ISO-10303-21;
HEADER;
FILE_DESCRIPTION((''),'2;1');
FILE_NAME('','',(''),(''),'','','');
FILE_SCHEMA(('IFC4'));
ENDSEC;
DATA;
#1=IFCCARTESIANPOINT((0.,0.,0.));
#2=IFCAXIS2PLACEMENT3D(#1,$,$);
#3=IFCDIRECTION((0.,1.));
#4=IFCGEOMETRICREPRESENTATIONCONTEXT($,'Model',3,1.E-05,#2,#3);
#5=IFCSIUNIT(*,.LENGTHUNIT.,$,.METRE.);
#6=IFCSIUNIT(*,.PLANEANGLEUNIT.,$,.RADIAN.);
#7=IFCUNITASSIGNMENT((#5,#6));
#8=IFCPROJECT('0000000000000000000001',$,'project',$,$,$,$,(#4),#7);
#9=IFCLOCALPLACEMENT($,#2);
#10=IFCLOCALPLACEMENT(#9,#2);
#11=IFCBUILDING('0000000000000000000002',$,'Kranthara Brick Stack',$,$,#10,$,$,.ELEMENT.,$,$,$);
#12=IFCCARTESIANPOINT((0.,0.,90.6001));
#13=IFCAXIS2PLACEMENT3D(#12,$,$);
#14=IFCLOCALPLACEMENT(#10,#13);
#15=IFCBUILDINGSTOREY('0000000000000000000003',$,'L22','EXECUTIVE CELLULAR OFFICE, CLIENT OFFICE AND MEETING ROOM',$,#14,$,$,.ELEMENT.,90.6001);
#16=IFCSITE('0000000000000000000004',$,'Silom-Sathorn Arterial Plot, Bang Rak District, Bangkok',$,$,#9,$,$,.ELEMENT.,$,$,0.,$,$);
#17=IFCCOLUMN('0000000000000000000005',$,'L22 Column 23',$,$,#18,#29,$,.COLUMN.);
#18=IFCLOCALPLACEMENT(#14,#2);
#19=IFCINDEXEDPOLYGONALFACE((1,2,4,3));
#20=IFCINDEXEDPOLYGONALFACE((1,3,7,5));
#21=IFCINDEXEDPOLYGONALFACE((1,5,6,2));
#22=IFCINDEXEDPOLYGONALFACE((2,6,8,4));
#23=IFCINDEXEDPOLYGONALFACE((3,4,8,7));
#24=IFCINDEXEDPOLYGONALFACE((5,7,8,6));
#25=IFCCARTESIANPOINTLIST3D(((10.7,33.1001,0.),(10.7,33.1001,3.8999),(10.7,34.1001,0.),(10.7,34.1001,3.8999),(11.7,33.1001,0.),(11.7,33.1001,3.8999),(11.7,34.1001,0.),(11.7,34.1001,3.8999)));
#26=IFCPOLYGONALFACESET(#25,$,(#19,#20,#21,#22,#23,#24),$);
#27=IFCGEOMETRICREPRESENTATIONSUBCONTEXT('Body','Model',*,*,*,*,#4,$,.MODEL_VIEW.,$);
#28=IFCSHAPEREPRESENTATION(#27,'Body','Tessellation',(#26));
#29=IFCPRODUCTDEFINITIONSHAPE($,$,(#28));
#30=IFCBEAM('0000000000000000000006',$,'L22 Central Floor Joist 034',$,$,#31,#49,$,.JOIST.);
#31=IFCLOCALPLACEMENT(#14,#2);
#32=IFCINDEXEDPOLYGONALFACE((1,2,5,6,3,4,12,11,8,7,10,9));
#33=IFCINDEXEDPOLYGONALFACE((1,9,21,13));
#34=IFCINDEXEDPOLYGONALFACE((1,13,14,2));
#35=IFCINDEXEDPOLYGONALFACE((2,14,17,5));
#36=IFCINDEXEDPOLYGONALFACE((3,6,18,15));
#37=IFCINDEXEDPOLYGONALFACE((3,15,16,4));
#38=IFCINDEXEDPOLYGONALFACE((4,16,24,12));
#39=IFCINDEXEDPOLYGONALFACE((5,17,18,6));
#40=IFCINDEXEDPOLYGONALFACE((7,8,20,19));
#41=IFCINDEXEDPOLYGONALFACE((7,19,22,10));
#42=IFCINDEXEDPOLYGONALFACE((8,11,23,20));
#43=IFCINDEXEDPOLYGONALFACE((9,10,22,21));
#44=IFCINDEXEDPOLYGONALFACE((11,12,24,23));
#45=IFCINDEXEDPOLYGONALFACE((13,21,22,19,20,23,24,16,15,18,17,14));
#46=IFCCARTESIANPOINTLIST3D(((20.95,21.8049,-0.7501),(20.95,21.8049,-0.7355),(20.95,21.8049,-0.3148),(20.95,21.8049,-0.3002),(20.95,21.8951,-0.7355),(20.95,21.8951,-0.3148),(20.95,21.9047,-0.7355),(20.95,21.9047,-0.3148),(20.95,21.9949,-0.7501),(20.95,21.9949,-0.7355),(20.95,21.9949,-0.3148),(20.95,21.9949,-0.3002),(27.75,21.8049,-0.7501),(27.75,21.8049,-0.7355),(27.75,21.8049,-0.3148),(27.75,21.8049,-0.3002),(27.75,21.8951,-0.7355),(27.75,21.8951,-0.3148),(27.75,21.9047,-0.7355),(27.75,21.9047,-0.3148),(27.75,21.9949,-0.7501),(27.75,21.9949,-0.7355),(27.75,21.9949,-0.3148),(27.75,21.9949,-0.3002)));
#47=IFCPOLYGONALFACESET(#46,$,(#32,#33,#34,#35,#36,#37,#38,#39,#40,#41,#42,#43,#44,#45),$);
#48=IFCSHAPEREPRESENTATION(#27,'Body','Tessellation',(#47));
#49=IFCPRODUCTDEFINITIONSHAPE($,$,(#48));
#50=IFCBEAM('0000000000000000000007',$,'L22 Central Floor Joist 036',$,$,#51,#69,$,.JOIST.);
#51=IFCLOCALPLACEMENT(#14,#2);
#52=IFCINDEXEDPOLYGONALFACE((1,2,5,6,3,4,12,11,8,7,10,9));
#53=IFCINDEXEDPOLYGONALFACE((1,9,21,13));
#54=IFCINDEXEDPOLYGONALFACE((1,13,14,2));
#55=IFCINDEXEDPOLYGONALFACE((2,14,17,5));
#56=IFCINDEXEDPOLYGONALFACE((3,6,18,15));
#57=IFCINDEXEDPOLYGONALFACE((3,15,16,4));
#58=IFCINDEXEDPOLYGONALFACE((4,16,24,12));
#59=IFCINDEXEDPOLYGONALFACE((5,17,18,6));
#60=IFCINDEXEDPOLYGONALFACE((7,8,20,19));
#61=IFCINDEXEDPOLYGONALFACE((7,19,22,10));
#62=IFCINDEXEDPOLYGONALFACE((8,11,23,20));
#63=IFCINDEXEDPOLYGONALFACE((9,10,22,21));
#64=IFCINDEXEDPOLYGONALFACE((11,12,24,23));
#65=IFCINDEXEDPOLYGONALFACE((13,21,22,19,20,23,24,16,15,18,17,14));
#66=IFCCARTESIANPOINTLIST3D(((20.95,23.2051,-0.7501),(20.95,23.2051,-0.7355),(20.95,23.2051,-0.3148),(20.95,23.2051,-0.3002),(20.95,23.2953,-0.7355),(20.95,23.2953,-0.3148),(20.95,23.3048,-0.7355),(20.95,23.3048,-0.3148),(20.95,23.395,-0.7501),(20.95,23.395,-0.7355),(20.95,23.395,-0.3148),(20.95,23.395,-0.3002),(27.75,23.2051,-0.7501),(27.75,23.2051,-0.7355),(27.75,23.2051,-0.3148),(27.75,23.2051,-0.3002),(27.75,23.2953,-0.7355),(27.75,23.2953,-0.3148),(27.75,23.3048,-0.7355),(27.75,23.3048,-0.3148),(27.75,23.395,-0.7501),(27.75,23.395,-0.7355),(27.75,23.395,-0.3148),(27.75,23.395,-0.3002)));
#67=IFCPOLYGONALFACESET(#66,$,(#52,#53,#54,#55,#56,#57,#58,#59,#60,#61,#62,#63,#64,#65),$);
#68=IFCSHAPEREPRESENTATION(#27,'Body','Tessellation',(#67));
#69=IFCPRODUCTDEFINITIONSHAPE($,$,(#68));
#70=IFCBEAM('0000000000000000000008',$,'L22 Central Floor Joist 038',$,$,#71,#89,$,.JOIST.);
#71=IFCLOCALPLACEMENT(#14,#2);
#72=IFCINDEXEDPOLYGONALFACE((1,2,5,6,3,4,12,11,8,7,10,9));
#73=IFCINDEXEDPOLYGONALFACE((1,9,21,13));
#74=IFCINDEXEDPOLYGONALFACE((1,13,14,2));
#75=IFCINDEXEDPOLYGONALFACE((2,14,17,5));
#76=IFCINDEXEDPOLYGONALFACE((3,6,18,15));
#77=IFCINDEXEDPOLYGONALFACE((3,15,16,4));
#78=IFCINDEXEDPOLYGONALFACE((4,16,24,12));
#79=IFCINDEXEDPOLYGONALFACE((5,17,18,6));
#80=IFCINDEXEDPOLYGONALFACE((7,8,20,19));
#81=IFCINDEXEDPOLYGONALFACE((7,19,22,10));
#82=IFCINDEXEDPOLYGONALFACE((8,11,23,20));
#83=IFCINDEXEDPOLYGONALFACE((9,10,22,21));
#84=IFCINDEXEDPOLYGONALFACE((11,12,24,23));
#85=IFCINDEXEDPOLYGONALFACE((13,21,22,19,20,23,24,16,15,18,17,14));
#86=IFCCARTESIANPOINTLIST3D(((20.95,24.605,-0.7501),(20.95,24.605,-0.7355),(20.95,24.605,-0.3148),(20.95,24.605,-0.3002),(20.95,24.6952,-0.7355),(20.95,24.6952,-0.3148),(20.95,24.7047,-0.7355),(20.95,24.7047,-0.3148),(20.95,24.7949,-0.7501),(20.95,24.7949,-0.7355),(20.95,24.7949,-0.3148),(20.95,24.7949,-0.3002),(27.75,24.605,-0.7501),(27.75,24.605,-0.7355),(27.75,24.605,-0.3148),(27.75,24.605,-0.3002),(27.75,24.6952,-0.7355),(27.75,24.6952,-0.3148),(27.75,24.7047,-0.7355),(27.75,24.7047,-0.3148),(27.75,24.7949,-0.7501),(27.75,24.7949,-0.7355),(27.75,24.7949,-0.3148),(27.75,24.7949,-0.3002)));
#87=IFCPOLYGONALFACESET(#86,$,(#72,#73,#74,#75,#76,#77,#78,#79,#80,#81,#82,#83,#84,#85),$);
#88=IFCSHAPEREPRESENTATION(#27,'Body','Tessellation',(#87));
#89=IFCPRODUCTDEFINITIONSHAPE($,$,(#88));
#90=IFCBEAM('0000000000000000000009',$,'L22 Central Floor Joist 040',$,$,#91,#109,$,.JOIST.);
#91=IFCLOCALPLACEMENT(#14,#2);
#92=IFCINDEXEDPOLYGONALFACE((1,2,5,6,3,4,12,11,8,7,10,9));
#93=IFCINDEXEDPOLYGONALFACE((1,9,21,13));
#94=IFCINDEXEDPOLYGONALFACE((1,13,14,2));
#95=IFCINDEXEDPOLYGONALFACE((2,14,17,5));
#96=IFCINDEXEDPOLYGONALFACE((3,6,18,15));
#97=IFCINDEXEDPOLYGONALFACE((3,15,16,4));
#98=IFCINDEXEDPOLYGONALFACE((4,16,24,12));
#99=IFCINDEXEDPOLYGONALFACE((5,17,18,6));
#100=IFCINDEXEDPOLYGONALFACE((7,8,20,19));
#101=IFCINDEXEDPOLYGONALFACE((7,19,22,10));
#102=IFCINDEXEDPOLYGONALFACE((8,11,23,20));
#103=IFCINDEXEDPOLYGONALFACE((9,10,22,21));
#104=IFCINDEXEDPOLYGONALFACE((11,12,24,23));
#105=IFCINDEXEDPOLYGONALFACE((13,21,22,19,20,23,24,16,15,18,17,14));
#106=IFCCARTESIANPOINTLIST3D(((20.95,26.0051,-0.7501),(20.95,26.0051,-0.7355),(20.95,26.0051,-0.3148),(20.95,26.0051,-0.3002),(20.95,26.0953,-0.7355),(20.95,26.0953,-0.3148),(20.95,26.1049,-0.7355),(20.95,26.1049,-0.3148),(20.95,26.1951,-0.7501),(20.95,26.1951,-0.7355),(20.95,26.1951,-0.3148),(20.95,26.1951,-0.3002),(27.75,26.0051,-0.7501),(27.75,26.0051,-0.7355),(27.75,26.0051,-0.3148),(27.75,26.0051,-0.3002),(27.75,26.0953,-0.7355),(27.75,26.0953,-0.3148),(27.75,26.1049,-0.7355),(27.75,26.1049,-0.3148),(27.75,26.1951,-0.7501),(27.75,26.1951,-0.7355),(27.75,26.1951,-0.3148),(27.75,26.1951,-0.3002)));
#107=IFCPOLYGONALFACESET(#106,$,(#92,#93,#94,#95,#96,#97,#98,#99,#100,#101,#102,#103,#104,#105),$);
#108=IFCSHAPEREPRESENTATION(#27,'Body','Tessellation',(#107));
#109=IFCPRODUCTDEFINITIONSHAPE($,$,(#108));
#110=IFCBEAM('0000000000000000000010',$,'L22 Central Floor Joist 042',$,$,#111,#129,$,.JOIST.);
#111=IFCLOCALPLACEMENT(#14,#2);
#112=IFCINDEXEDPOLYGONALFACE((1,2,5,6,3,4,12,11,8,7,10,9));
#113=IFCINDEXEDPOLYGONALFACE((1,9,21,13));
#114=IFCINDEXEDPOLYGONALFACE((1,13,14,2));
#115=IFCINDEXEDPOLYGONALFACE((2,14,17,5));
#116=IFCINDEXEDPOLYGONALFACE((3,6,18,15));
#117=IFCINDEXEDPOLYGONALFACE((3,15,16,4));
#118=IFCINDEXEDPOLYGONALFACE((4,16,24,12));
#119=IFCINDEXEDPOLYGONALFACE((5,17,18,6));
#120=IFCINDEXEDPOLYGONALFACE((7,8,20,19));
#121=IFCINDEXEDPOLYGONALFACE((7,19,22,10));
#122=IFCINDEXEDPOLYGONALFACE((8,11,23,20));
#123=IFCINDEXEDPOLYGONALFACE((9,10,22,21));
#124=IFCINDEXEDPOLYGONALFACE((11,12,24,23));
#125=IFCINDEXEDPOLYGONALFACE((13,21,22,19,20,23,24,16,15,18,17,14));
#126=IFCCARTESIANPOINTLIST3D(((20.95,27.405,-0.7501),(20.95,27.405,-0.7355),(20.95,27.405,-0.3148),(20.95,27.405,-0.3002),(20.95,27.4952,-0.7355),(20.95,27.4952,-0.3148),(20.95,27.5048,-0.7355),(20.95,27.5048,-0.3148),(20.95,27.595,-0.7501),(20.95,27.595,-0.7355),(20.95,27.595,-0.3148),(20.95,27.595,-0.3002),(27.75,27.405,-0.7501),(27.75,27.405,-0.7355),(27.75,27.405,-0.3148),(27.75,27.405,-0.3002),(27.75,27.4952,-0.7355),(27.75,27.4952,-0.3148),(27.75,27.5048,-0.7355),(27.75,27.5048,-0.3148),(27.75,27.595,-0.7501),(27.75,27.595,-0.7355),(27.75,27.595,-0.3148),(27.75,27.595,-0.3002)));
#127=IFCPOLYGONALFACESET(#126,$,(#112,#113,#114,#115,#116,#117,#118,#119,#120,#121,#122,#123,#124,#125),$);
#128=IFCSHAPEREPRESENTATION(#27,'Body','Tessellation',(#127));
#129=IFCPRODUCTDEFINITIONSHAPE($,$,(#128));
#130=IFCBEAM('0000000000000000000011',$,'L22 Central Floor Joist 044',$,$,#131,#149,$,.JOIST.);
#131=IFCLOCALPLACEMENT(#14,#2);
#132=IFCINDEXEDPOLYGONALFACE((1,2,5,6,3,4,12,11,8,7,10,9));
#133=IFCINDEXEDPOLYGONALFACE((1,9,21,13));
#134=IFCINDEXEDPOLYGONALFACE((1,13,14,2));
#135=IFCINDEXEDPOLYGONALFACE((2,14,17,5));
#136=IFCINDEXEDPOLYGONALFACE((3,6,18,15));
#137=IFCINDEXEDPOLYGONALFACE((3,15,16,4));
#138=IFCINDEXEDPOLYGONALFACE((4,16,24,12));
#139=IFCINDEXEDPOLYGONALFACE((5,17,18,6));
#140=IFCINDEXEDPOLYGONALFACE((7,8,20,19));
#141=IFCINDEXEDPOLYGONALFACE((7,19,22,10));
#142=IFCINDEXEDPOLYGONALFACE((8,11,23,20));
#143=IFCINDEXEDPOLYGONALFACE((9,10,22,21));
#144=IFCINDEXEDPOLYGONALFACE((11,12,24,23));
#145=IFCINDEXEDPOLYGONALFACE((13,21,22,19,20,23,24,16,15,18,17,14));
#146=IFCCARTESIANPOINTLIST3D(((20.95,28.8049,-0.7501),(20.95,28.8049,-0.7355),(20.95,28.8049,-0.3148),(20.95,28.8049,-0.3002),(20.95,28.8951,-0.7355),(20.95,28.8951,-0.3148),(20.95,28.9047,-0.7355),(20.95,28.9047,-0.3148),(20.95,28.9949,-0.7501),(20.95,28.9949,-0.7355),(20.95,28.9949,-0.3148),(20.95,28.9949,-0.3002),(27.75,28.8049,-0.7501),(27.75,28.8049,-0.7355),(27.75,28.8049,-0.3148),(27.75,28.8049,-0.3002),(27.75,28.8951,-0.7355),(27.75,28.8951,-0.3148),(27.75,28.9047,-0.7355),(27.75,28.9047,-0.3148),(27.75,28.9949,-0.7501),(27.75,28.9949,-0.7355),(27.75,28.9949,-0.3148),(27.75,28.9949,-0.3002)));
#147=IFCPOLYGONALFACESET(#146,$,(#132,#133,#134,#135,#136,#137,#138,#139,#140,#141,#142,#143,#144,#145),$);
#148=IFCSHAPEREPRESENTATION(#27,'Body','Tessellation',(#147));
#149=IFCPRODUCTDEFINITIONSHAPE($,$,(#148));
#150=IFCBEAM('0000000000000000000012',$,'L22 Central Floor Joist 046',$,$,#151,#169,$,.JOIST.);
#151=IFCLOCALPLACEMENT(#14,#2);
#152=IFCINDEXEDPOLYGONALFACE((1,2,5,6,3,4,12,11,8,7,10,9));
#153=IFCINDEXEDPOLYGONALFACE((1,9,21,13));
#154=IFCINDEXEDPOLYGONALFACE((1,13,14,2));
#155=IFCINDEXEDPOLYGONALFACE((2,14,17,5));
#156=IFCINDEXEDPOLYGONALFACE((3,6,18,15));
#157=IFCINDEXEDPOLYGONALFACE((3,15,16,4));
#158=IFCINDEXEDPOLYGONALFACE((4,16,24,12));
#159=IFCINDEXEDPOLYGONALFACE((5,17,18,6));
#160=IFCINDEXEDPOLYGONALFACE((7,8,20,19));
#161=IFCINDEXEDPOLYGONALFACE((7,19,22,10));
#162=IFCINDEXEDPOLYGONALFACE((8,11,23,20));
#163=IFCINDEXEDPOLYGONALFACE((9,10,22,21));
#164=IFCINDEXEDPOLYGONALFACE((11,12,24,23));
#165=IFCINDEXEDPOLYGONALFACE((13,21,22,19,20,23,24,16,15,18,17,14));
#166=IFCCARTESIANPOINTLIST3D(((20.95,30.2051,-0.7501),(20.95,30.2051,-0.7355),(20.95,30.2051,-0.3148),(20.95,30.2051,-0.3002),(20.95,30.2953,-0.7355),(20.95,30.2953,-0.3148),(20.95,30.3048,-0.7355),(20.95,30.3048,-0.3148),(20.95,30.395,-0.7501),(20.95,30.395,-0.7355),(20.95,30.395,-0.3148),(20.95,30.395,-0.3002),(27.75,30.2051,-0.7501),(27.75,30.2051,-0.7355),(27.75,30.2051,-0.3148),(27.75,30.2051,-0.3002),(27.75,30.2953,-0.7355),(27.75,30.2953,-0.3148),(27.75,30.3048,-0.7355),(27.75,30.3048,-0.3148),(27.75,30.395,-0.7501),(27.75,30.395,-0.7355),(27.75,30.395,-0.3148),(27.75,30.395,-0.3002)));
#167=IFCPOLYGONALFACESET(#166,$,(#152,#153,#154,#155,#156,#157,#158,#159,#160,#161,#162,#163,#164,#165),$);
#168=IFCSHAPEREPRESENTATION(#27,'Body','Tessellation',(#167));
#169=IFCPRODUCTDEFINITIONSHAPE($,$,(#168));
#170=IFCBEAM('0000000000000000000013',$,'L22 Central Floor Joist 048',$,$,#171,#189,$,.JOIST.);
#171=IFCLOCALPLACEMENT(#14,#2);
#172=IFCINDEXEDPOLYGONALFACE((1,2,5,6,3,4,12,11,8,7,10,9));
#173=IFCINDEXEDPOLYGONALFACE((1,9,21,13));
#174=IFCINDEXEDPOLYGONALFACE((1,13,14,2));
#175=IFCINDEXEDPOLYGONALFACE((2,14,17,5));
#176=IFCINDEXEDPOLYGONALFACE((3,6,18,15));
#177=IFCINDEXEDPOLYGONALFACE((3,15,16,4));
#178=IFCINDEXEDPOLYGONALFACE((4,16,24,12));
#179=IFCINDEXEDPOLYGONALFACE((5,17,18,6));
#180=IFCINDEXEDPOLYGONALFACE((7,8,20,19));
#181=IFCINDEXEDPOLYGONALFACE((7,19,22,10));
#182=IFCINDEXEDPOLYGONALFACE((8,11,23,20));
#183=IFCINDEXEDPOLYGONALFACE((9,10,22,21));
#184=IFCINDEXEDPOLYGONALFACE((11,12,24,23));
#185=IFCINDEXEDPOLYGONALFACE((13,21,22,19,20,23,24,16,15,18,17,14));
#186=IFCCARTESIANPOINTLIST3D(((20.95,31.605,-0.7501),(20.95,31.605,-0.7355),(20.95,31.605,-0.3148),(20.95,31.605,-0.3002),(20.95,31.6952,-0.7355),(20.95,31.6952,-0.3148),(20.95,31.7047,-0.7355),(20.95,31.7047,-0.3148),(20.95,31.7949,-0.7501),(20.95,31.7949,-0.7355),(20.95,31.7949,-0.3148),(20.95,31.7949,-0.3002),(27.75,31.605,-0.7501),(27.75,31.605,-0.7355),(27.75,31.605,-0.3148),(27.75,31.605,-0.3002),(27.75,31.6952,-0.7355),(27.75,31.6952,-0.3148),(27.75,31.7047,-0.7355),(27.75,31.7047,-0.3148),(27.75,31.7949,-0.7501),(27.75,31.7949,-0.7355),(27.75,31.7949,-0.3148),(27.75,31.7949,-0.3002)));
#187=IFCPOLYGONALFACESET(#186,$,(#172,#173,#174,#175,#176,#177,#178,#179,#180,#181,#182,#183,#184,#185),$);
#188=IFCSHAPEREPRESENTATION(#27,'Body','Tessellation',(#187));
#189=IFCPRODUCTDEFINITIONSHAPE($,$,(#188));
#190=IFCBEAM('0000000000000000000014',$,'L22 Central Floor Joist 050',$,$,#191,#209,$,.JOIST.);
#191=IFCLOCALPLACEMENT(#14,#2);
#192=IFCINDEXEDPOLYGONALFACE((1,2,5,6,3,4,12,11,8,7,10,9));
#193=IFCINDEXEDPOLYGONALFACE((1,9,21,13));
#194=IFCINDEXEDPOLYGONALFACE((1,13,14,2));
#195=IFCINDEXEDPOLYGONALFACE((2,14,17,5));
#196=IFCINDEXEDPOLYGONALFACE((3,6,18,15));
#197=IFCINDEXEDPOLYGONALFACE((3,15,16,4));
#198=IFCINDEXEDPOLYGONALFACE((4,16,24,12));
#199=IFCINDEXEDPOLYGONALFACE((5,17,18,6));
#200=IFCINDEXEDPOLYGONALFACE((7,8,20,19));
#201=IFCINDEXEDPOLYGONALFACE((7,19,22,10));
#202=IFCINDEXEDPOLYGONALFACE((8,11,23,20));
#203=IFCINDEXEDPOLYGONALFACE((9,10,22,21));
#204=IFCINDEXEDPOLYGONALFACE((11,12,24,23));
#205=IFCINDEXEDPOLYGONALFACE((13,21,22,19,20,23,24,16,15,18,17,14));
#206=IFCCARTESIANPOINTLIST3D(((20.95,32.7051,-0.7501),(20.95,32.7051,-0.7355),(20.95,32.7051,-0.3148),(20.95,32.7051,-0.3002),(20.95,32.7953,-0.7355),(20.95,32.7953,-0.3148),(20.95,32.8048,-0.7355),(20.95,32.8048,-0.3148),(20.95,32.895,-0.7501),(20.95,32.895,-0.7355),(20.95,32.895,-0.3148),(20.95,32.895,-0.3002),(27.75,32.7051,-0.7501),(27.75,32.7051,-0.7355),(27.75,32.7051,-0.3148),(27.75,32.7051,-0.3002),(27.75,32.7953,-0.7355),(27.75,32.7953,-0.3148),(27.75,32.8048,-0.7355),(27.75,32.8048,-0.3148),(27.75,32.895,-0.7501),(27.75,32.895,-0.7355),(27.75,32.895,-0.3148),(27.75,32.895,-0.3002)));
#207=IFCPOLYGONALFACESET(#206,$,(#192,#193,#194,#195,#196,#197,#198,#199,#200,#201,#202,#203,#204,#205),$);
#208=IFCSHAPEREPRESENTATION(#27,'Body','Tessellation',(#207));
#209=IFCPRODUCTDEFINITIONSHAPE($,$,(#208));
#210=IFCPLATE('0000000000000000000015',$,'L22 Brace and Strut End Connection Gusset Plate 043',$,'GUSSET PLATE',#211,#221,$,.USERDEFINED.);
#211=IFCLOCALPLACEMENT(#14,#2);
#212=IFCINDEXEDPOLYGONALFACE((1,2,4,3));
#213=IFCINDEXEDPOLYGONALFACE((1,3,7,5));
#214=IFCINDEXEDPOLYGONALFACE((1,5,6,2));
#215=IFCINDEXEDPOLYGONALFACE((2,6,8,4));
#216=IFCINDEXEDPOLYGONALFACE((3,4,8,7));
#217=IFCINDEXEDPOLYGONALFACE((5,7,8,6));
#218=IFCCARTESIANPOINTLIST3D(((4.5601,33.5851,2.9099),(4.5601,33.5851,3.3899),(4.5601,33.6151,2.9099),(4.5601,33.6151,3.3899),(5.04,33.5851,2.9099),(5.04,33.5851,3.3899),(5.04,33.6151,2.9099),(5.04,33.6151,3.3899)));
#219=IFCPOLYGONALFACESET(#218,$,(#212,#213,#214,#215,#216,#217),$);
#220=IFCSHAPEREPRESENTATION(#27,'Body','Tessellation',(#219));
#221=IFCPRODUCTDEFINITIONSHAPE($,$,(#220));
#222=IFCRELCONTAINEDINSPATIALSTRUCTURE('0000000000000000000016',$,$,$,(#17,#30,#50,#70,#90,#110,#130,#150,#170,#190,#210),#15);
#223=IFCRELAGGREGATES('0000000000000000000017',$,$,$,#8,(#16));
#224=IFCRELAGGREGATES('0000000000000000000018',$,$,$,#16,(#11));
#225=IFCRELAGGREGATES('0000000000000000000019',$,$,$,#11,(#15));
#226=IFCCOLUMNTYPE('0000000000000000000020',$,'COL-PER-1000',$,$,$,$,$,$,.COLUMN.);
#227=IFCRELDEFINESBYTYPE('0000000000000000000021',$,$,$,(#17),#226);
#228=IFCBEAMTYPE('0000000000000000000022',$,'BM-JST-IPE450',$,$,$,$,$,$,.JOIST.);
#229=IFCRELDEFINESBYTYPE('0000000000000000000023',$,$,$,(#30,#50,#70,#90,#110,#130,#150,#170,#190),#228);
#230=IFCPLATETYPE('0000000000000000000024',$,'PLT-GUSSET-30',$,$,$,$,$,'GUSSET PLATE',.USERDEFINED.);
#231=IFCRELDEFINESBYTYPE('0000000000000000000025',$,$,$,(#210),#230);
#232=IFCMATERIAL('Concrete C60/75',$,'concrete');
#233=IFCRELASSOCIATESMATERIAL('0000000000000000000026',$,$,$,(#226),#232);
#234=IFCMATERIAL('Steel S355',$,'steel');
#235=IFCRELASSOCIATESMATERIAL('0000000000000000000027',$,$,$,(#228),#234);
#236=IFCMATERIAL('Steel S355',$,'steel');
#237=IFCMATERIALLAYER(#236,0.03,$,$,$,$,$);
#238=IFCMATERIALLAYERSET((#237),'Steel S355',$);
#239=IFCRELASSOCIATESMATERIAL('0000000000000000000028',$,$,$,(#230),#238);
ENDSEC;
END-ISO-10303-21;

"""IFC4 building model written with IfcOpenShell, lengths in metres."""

from ifc_helpers import new_model, si_unit, direction, frame, origin, origin_2d, place, context, subcontext, project, spatial, rectangle, i_section, extrude, material, layer, layer_set, material_profile, profile_set, type_object, element, save


model = new_model("IFC4")

# Units and contexts
model_context = context("Model", 3, precision=1e-05, world=origin(), true_north=direction((0.0, 1.0)))
body_context = subcontext(model_context, "Body", "Model", "MODEL_VIEW")
ifc_project = project(units=[si_unit("LENGTHUNIT", "METRE"), si_unit("PLANEANGLEUNIT", "RADIAN")], contexts=[model_context])

# Site, building, storey
site_placement = place(None, origin())
site = spatial("IfcSite", under=ifc_project, at=site_placement, Name="Silom-Sathorn Arterial Plot, Bang Rak District, Bangkok", CompositionType="ELEMENT", RefElevation=0.0)
building_placement = place(site_placement, origin())
building = spatial("IfcBuilding", under=site, at=building_placement, Name="Kranthara Brick Stack", CompositionType="ELEMENT")
storey_placement = place(building_placement, frame((0.0, 0.0, 90.6001)))
storey = spatial("IfcBuildingStorey", under=building, at=storey_placement, Name="L22", Description="EXECUTIVE CELLULAR OFFICE, CLIENT OFFICE AND MEETING ROOM", CompositionType="ELEMENT", Elevation=90.6001)

# Column
ifc_material_1 = material(Name="Concrete C60/75", Category="concrete")
ifc_material_profile_1 = material_profile(ifc_material_1, rectangle(XDim=1.0, YDim=1.0, at=origin_2d()), Name="RC 1000x1000")
ifc_profile_set_1 = profile_set([ifc_material_profile_1], Name="Concrete C60/75")
column_type = type_object("IfcColumnType", Name="COL-PER-1000", PredefinedType="COLUMN", material=ifc_profile_set_1)
column_placement = place(storey_placement, frame((11.2, 33.6001, 0.0), z_axis=(0.0, 0.0, 1.0), x_axis=(1.0, 0.0, 0.0)))
element("IfcColumn", 1, at=column_placement, inside=storey, type_object=column_type, Name="L22 Column 23", PredefinedType="COLUMN", context=body_context, shape_type="SweptSolid", body=[
    extrude(rectangle(XDim=1.0, YDim=1.0, at=origin_2d()), origin(), (0.0, 0.0, 1.0), 3.8999),
])

# Beams
ifc_material_2 = material(Name="Steel S355", Category="steel")
ifc_material_profile_2 = material_profile(ifc_material_2, i_section(OverallWidth=0.1899, OverallDepth=0.45, WebThickness=0.0095, FlangeThickness=0.0146, at=origin_2d()), Name="IPE 450")
ifc_profile_set_2 = profile_set([ifc_material_profile_2], Name="Steel S355")
beam_type = type_object("IfcBeamType", Name="BM-JST-IPE450", PredefinedType="JOIST", material=ifc_profile_set_2)
for number, where, z_axis, x_axis, name in (
    (2, (20.95, 21.8999, -0.5251), (1.0, 0.0, 0.0), (0.0, 1.0, 0.0), "L22 Central Floor Joist 034"),
    (3, (20.95, 23.3, -0.5251), (1.0, 0.0, 0.0), (0.0, 1.0, 0.0), "L22 Central Floor Joist 036"),
    (4, (20.95, 24.7, -0.5251), (1.0, 0.0, 0.0), (0.0, 1.0, 0.0), "L22 Central Floor Joist 038"),
    (5, (20.95, 26.1001, -0.5251), (1.0, 0.0, 0.0), (0.0, 1.0, 0.0), "L22 Central Floor Joist 040"),
    (6, (20.95, 27.5, -0.5251), (1.0, 0.0, 0.0), (0.0, 1.0, 0.0), "L22 Central Floor Joist 042"),
    (7, (20.95, 28.8999, -0.5251), (1.0, 0.0, 0.0), (0.0, 1.0, 0.0), "L22 Central Floor Joist 044"),
    (8, (20.95, 30.3, -0.5251), (1.0, 0.0, 0.0), (0.0, 1.0, 0.0), "L22 Central Floor Joist 046"),
    (9, (20.95, 31.7, -0.5251), (1.0, 0.0, 0.0), (0.0, 1.0, 0.0), "L22 Central Floor Joist 048"),
    (10, (20.95, 32.8, -0.5251), (1.0, 0.0, 0.0), (0.0, 1.0, 0.0), "L22 Central Floor Joist 050"),
):
    element("IfcBeam", number, at=place(storey_placement, frame(where, z_axis=z_axis, x_axis=x_axis)), inside=storey, type_object=beam_type, Name=name, PredefinedType="JOIST", context=body_context, shape_type="SweptSolid", body=[
        extrude(i_section(OverallWidth=0.1899, OverallDepth=0.45, WebThickness=0.0095, FlangeThickness=0.0146, at=origin_2d()), origin(), (0.0, 0.0, 1.0), 6.8),
    ])

# Plate
ifc_material_3 = material(Name="Steel S355", Category="steel")
ifc_layer_1 = layer(ifc_material_3, 0.03)
ifc_layer_set_1 = layer_set([ifc_layer_1], Name="Steel S355")
plate_type = type_object("IfcPlateType", Name="PLT-GUSSET-30", ElementType="GUSSET PLATE", PredefinedType="USERDEFINED", material=ifc_layer_set_1)
plate_placement = place(storey_placement, frame((4.8, 33.6001, 2.9099), z_axis=(0.0, 0.0, 1.0), x_axis=(1.0, 0.0, 0.0)))
element("IfcPlate", 11, at=plate_placement, inside=storey, type_object=plate_type, Name="L22 Brace and Strut End Connection Gusset Plate 043", ObjectType="GUSSET PLATE", PredefinedType="USERDEFINED", context=body_context, shape_type="SweptSolid", body=[
    extrude(rectangle(XDim=0.48, YDim=0.03, at=origin_2d()), origin(), (0.0, 0.0, 1.0), 0.48),
])

save(model, "model.ifc")
